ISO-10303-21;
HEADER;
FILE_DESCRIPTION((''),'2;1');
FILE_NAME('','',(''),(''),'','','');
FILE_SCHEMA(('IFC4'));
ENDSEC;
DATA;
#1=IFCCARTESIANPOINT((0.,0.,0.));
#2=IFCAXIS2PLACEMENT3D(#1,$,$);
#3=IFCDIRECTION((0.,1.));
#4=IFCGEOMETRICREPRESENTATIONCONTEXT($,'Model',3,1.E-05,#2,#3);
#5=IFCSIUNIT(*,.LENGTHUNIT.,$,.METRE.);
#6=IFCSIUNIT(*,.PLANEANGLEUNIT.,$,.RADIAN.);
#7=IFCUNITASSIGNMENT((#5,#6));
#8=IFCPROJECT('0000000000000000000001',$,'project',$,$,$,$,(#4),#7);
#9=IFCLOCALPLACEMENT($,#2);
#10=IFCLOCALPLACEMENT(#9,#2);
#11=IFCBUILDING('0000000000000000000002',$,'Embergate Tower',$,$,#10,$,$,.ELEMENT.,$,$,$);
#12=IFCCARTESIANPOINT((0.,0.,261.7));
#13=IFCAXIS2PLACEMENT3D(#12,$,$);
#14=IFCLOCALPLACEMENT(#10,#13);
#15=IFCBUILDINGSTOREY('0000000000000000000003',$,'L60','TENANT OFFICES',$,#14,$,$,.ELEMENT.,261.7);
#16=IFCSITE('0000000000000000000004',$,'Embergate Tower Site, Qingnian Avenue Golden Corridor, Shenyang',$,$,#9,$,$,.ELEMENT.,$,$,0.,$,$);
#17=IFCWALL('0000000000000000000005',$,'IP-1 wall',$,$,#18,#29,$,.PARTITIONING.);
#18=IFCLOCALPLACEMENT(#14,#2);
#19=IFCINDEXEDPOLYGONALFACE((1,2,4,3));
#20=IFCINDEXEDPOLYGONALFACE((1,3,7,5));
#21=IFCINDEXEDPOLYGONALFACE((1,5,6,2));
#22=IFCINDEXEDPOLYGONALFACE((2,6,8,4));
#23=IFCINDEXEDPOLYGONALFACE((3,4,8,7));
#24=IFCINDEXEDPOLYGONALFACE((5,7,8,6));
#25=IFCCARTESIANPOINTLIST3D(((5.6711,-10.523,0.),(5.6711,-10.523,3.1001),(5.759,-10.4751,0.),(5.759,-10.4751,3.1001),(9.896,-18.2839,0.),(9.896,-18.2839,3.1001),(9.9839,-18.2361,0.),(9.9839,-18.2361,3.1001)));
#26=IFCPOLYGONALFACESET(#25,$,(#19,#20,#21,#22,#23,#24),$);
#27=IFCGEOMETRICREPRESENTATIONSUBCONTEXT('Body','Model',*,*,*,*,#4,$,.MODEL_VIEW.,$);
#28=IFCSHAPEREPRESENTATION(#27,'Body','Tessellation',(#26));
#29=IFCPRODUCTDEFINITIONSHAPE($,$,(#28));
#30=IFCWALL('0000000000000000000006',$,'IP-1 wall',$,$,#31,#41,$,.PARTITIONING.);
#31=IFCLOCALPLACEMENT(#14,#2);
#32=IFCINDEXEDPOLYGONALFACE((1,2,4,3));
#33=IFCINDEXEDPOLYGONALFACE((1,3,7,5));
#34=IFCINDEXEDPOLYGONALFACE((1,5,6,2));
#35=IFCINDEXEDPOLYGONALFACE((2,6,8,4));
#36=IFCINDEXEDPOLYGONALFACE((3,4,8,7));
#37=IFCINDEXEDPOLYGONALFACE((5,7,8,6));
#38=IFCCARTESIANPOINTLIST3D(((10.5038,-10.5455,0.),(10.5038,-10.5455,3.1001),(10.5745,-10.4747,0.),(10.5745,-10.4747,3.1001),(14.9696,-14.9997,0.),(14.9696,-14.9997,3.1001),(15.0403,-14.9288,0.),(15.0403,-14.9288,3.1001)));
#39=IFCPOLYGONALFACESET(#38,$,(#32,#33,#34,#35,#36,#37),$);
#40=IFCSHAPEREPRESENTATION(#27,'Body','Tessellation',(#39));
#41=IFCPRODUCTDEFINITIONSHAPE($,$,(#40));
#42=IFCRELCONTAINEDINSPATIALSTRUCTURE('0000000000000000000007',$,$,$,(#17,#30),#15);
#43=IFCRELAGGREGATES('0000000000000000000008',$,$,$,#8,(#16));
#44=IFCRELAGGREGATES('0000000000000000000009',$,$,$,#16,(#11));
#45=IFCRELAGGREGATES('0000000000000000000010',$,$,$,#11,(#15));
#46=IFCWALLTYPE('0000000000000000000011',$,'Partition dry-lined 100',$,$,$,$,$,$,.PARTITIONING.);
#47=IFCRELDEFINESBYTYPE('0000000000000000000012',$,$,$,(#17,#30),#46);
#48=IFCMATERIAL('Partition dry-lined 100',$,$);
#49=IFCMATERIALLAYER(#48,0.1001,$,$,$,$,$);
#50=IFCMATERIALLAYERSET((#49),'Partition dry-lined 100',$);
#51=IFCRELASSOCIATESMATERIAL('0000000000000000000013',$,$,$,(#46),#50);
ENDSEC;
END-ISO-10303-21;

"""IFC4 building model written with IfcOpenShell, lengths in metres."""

from ifc_helpers import new_model, si_unit, direction, frame, frame_2d, origin, place, context, subcontext, project, spatial, rectangle, extrude, source, transform, mapped, material, layer, layer_set, type_object, element, save


model = new_model("IFC4")

# Units and contexts
model_context = context("Model", 3, precision=1e-05, world=origin(), true_north=direction((0.0, 1.0)))
body_context = subcontext(model_context, "Body", "Model", "MODEL_VIEW")
ifc_project = project(units=[si_unit("LENGTHUNIT", "METRE"), si_unit("PLANEANGLEUNIT", "RADIAN")], contexts=[model_context])

# Site, building, storey
site_placement = place(None, origin())
site = spatial("IfcSite", under=ifc_project, at=site_placement, Name="Embergate Tower Site, Qingnian Avenue Golden Corridor, Shenyang", CompositionType="ELEMENT", RefElevation=0.0)
building_placement = place(site_placement, origin())
building = spatial("IfcBuilding", under=site, at=building_placement, Name="Embergate Tower", CompositionType="ELEMENT")
storey_placement = place(building_placement, frame((0.0, 0.0, 261.7)))
storey = spatial("IfcBuildingStorey", under=building, at=storey_placement, Name="L60", Description="TENANT OFFICES", CompositionType="ELEMENT", Elevation=261.7)

# Walls
ifc_material_1 = material(Name="Partition dry-lined 100")
ifc_layer_1 = layer(ifc_material_1, 0.1001)
ifc_layer_set_1 = layer_set([ifc_layer_1], Name="Partition dry-lined 100")
wall_type_1 = type_object("IfcWallType", Name="Partition dry-lined 100", PredefinedType="PARTITIONING", material=ifc_layer_set_1)
shared_shape_1 = source(origin(), body_context, "Body", "SweptSolid", [
    extrude(rectangle(XDim=8.8364, YDim=0.1001, at=frame_2d((4.4182, 0.0))), origin(), (0.0, 0.0, 1.0), 3.1001),
])
wall_1_placement = place(storey_placement, frame((5.7151, -10.499, 0.0), z_axis=(0.0, 0.0, 1.0), x_axis=(0.478118, -0.878295, 0.0)))
element("IfcWall", 1, at=wall_1_placement, inside=storey, type_object=wall_type_1, Name="IP-1 wall", PredefinedType="PARTITIONING", context=body_context, shape_type="MappedRepresentation", body=[
    mapped(shared_shape_1, transform((0.0, 0.0, 0.0))),
])
shared_shape_2 = source(origin(), body_context, "Body", "SweptSolid", [
    extrude(rectangle(XDim=6.3074, YDim=0.1001, at=frame_2d((3.1538, 0.0))), origin(), (0.0, 0.0, 1.0), 3.1001),
])
wall_2_placement = place(storey_placement, frame((10.5391, -10.51, 0.0), z_axis=(0.0, 0.0, 1.0), x_axis=(0.708035, -0.706177, 0.0)))
element("IfcWall", 2, at=wall_2_placement, inside=storey, type_object=wall_type_1, Name="IP-1 wall", PredefinedType="PARTITIONING", context=body_context, shape_type="MappedRepresentation", body=[
    mapped(shared_shape_2, transform((0.0, 0.0, 0.0))),
])

save(model, "model.ifc")
